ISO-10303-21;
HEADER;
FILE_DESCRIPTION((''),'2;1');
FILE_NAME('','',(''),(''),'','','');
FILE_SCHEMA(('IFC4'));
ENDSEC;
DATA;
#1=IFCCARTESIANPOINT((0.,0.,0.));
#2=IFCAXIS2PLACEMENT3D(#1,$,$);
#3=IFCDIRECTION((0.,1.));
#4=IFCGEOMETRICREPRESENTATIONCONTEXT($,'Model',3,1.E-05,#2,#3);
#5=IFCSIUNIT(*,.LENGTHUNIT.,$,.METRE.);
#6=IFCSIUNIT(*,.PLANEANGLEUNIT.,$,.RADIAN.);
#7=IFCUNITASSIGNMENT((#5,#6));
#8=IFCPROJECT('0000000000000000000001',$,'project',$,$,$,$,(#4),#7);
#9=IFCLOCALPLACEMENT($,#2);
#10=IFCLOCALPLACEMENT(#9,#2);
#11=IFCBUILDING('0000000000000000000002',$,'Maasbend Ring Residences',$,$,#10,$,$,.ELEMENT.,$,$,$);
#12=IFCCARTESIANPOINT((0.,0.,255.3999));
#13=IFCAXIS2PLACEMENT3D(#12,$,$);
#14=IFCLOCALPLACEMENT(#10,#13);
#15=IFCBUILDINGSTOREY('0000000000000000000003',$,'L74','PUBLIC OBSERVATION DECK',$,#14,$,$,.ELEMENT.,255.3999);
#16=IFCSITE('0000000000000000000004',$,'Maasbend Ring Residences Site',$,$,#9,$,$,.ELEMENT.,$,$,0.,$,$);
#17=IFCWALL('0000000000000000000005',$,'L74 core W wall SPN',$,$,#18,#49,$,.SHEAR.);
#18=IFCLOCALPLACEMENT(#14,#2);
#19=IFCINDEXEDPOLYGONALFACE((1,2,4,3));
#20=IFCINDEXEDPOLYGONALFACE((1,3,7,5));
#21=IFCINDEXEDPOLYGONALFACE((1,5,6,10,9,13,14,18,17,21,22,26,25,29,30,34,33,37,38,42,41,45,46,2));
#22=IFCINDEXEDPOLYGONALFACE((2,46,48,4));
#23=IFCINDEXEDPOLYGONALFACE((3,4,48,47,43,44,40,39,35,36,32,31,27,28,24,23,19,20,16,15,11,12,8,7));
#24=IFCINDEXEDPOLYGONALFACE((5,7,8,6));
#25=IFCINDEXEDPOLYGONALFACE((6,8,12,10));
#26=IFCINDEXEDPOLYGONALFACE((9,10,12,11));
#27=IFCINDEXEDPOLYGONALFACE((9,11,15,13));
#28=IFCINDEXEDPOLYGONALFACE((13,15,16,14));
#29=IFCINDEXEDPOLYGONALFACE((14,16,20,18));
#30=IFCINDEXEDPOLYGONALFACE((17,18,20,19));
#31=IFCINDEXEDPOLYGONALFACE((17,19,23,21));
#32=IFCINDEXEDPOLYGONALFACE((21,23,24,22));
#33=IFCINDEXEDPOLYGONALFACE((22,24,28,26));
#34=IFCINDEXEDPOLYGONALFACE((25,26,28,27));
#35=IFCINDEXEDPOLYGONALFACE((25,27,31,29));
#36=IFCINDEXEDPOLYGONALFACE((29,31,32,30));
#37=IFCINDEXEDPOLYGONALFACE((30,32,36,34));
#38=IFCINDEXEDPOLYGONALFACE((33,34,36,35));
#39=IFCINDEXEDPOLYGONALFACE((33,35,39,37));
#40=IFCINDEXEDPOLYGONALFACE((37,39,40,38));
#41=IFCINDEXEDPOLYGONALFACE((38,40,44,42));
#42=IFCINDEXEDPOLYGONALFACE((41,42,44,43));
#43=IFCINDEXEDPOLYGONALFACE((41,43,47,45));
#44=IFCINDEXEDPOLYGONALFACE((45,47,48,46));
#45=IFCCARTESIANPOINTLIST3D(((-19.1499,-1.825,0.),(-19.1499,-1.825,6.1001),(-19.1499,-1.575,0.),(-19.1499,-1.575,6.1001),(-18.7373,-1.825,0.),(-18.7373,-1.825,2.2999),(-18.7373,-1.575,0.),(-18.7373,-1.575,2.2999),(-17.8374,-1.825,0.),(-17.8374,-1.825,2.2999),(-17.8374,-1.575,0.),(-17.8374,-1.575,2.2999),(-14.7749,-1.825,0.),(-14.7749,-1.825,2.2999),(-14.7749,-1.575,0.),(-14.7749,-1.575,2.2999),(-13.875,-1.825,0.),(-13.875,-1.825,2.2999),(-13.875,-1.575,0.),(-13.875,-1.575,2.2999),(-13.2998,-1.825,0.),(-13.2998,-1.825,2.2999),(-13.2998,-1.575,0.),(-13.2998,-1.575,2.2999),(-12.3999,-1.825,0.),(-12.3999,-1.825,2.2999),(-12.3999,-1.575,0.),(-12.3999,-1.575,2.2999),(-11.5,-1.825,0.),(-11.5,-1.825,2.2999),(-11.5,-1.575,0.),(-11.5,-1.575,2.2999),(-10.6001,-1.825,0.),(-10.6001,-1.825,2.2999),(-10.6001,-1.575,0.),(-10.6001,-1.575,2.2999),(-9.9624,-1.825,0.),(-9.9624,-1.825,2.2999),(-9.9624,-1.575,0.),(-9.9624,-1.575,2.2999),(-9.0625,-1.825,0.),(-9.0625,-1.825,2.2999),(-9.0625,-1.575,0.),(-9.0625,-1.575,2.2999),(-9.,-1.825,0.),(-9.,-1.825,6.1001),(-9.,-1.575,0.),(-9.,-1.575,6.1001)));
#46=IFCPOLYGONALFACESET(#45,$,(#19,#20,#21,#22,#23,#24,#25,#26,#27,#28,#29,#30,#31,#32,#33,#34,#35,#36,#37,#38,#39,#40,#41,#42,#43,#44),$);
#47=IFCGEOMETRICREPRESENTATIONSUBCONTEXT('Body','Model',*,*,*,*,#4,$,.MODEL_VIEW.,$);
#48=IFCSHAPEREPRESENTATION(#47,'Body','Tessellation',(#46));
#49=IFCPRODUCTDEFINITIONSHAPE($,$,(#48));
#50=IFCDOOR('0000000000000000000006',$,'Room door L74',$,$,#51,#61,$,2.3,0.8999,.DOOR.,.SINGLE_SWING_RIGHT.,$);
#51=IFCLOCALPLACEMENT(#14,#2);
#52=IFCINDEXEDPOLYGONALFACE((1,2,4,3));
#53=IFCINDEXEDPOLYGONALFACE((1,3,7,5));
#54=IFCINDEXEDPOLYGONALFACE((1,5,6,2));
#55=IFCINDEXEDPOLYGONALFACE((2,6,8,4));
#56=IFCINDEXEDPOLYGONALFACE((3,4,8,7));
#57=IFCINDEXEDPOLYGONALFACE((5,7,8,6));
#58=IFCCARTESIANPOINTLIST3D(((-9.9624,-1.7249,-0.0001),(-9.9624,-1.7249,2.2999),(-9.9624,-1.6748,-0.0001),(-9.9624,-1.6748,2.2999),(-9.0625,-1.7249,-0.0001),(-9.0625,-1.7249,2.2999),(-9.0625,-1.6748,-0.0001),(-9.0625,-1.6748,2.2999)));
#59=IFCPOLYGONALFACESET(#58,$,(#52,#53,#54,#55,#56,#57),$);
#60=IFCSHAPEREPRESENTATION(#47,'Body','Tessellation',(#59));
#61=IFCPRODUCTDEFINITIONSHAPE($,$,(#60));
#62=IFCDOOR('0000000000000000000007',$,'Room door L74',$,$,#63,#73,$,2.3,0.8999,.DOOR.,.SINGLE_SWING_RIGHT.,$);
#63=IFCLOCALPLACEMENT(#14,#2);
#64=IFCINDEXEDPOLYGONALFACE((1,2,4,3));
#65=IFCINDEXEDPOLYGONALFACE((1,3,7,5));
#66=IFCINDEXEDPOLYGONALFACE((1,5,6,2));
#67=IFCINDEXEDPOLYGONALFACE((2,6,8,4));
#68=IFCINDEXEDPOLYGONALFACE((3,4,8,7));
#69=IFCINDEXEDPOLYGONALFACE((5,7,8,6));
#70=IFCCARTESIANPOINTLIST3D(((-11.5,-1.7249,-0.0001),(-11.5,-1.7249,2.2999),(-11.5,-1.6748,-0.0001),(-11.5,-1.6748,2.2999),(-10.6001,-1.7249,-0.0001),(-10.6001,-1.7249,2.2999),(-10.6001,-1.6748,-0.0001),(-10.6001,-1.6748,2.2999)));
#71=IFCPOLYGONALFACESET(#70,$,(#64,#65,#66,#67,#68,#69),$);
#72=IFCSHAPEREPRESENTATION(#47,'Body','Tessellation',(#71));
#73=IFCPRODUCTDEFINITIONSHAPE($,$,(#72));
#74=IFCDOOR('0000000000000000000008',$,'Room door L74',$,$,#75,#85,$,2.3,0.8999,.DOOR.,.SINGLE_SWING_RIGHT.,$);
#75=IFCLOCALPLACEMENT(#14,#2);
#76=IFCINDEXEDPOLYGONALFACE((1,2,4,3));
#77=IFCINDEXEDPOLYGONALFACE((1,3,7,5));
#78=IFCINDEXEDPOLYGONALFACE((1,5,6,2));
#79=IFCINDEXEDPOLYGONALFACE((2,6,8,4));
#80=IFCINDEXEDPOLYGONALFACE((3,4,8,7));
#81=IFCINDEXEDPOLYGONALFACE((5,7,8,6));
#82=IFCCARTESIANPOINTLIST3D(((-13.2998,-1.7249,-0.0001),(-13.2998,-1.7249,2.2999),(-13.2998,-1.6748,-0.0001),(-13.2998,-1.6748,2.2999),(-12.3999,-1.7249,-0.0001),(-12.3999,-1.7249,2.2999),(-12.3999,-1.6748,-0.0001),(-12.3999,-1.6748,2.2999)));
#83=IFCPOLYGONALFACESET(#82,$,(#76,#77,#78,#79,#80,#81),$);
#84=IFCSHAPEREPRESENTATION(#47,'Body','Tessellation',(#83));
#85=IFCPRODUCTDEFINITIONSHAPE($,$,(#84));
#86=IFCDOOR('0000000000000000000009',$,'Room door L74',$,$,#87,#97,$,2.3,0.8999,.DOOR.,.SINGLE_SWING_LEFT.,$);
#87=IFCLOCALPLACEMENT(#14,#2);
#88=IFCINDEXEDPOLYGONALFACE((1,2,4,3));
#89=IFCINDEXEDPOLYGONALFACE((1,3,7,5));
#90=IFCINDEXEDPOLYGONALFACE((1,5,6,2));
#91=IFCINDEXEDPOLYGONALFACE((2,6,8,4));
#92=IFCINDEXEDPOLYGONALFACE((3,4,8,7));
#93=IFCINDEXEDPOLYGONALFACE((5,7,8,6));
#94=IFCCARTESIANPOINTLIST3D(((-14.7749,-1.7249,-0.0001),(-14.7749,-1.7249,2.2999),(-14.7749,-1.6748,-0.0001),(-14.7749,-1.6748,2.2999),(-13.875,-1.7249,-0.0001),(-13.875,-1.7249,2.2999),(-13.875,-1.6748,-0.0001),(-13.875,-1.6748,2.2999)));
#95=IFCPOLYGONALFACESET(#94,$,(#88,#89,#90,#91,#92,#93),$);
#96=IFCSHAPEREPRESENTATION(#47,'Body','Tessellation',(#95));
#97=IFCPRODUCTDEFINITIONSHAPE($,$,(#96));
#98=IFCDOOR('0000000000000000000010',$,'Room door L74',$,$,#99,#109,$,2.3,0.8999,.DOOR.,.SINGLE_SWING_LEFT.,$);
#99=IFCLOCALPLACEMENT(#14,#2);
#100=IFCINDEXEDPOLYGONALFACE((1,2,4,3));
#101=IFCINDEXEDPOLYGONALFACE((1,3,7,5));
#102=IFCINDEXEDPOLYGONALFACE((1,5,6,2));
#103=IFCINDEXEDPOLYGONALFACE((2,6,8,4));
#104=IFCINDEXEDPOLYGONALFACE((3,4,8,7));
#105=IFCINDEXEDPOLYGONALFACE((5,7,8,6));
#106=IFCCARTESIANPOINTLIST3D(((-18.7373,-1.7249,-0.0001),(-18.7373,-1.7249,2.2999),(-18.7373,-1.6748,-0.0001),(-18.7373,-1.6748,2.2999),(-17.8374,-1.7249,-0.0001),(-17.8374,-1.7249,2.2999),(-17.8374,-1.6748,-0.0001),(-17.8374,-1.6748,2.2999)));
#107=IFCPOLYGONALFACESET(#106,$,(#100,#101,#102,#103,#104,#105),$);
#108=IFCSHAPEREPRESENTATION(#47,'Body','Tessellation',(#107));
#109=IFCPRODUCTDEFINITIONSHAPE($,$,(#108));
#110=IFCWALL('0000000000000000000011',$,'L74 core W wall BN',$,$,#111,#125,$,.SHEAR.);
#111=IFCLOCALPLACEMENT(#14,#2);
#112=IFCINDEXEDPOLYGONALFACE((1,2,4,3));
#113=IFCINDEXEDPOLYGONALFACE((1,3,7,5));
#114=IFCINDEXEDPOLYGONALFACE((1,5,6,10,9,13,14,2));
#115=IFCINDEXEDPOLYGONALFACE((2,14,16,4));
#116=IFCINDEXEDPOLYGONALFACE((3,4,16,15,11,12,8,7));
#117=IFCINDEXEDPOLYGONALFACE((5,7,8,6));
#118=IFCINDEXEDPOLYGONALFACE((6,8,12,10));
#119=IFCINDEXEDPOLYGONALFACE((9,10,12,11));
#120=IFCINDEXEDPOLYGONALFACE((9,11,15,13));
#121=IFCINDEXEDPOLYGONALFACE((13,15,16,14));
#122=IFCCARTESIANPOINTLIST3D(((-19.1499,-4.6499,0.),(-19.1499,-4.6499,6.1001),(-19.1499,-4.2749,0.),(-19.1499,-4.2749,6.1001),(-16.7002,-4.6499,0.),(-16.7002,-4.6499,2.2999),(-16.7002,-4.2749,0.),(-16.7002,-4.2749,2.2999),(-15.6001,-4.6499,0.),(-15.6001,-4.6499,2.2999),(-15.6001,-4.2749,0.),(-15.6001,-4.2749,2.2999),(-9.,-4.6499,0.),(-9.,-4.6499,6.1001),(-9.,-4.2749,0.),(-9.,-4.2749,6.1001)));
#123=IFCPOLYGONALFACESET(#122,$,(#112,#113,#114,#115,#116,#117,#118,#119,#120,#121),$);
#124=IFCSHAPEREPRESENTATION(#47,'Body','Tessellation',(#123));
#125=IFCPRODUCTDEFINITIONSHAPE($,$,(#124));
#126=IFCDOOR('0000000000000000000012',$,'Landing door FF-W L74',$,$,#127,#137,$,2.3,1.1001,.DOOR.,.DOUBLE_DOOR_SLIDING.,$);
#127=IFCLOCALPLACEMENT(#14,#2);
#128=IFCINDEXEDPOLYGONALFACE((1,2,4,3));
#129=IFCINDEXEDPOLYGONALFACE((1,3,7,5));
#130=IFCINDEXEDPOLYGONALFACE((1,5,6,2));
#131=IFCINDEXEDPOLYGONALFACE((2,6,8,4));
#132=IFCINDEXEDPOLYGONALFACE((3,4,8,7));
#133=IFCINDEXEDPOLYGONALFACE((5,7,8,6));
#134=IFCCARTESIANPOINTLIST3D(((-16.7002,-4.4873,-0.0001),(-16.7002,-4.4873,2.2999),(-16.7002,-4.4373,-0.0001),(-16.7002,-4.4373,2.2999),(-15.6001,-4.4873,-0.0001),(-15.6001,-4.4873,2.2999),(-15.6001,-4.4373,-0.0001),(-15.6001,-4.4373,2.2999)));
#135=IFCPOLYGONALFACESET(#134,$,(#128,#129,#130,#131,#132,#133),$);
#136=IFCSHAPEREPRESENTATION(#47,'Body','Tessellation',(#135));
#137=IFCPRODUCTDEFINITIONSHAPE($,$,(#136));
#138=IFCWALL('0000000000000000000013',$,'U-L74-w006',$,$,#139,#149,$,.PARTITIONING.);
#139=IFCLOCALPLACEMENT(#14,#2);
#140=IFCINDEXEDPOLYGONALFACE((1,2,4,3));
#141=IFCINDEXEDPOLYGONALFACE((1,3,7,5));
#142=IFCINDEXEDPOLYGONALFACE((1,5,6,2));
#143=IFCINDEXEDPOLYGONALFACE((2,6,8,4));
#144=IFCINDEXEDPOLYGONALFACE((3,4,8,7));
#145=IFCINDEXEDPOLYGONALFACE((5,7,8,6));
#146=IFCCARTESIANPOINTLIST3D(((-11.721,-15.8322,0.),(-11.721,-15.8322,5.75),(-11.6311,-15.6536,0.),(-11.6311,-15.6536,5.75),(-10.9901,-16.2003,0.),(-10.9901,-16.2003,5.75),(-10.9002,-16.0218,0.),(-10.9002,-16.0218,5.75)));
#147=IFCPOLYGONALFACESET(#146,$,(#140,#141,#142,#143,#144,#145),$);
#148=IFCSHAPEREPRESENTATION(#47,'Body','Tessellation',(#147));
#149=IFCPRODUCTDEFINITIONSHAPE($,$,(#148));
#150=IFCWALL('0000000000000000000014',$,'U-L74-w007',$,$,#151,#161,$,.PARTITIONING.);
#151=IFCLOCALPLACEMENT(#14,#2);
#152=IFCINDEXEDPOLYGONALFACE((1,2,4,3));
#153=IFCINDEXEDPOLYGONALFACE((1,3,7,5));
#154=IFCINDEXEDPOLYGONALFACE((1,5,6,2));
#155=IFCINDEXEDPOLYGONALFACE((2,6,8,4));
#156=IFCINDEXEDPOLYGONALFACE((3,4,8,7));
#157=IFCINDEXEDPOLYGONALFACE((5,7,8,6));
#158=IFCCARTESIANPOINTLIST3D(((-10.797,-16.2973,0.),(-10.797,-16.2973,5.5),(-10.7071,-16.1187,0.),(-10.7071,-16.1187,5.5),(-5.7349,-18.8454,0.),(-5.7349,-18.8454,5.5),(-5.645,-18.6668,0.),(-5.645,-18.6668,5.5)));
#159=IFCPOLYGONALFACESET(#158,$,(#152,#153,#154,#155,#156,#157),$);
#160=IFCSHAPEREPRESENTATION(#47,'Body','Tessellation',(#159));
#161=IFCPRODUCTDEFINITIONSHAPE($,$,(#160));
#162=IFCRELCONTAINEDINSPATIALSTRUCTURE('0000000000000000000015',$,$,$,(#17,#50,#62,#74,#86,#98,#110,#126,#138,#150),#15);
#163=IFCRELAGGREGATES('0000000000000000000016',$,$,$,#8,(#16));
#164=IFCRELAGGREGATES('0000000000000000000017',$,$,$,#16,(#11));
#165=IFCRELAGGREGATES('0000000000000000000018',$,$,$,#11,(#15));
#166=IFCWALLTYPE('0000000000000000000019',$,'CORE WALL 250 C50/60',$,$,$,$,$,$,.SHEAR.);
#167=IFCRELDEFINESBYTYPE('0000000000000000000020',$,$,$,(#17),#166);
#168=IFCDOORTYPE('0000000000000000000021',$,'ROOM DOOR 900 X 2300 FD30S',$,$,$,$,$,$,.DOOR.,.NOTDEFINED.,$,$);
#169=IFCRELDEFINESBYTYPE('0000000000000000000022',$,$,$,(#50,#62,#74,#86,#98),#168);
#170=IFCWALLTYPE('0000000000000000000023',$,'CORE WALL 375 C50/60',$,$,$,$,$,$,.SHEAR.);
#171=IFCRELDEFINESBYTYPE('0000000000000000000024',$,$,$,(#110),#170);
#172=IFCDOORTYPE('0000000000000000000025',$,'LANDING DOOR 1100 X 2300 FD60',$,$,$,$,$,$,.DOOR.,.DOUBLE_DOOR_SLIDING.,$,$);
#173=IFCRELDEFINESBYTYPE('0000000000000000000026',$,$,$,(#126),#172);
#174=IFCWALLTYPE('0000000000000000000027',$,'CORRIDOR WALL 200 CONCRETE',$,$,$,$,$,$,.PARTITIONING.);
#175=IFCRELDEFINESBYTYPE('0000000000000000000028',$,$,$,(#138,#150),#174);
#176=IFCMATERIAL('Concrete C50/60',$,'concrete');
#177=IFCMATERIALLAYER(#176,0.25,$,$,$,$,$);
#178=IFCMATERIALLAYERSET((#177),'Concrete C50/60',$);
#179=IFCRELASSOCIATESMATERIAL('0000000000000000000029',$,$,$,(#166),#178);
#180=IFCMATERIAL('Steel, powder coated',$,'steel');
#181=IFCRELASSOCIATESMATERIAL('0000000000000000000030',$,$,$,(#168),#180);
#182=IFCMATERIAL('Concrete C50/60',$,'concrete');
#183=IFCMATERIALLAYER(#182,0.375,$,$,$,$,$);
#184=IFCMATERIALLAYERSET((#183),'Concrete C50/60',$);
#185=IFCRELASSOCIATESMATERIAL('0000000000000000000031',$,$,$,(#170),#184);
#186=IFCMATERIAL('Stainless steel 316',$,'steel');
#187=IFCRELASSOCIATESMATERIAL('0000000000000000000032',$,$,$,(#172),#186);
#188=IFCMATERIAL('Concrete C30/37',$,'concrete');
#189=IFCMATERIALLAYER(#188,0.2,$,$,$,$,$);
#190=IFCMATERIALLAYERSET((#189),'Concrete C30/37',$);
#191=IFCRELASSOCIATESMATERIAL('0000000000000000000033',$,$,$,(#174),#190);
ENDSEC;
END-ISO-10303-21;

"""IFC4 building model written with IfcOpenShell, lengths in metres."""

from ifc_helpers import new_model, si_unit, direction, frame, frame_2d, origin, place, context, subcontext, project, spatial, rectangle, extrude, material, layer, layer_set, type_object, element, fill, save


model = new_model("IFC4")

# Units and contexts
model_context = context("Model", 3, precision=1e-05, world=origin(), true_north=direction((0.0, 1.0)))
body_context = subcontext(model_context, "Body", "Model", "MODEL_VIEW")
ifc_project = project(units=[si_unit("LENGTHUNIT", "METRE"), si_unit("PLANEANGLEUNIT", "RADIAN")], contexts=[model_context])

# Site, building, storey
site_placement = place(None, origin())
site = spatial("IfcSite", under=ifc_project, at=site_placement, Name="Maasbend Ring Residences Site", CompositionType="ELEMENT", RefElevation=0.0)
building_placement = place(site_placement, origin())
building = spatial("IfcBuilding", under=site, at=building_placement, Name="Maasbend Ring Residences", CompositionType="ELEMENT")
storey_placement = place(building_placement, frame((0.0, 0.0, 255.3999)))
storey = spatial("IfcBuildingStorey", under=building, at=storey_placement, Name="L74", Description="PUBLIC OBSERVATION DECK", CompositionType="ELEMENT", Elevation=255.3999)

# Wall, openings, doors
ifc_material_1 = material(Name="Concrete C50/60", Category="concrete")
ifc_layer_1 = layer(ifc_material_1, 0.25)
ifc_layer_set_1 = layer_set([ifc_layer_1], Name="Concrete C50/60")
wall_type_1 = type_object("IfcWallType", Name="CORE WALL 250 C50/60", PredefinedType="SHEAR", material=ifc_layer_set_1)
wall_1_placement = place(storey_placement, frame((-9.0, -1.7, 0.0), z_axis=(0.0, 0.0, 1.0), x_axis=(-1.0, 0.0, 0.0)))
wall_1 = element("IfcWall", 1, at=wall_1_placement, inside=storey, type_object=wall_type_1, Name="L74 core W wall SPN", PredefinedType="SHEAR", context=body_context, shape_type="SweptSolid", body=[
    extrude(rectangle(XDim=10.1499, YDim=0.25, at=frame_2d((5.075, 0.0))), origin(), (0.0, 0.0, 1.0), 6.1001),
])
opening_1_placement = place(wall_1_placement, frame((0.0625, 0.0, 0.0)))
opening_1 = element("IfcOpeningElement", 2, at=opening_1_placement, cuts=wall_1, PredefinedType="OPENING", context=body_context, shape_type="SweptSolid", body=[
    extrude(rectangle(XDim=0.8999, YDim=2.3, at=frame_2d((0.45, 1.1499))), frame((0.0, 0.135, 0.0), z_axis=(0.0, -1.0, 0.0), x_axis=(1.0, 0.0, 0.0)), (0.0, 0.0, 1.0), 0.27),
])
opening_2_placement = place(wall_1_placement, frame((1.6001, 0.0, 0.0)))
opening_2 = element("IfcOpeningElement", 3, at=opening_2_placement, cuts=wall_1, PredefinedType="OPENING", context=body_context, shape_type="SweptSolid", body=[
    extrude(rectangle(XDim=0.8999, YDim=2.3, at=frame_2d((0.45, 1.1499))), frame((0.0, 0.135, 0.0), z_axis=(0.0, -1.0, 0.0), x_axis=(1.0, 0.0, 0.0)), (0.0, 0.0, 1.0), 0.27),
])
opening_3_placement = place(wall_1_placement, frame((3.3999, 0.0, 0.0)))
opening_3 = element("IfcOpeningElement", 4, at=opening_3_placement, cuts=wall_1, PredefinedType="OPENING", context=body_context, shape_type="SweptSolid", body=[
    extrude(rectangle(XDim=0.8999, YDim=2.3, at=frame_2d((0.45, 1.1499))), frame((0.0, 0.135, 0.0), z_axis=(0.0, -1.0, 0.0), x_axis=(1.0, 0.0, 0.0)), (0.0, 0.0, 1.0), 0.27),
])
opening_4_placement = place(wall_1_placement, frame((4.875, 0.0, 0.0)))
opening_4 = element("IfcOpeningElement", 5, at=opening_4_placement, cuts=wall_1, PredefinedType="OPENING", context=body_context, shape_type="SweptSolid", body=[
    extrude(rectangle(XDim=0.8999, YDim=2.3, at=frame_2d((0.45, 1.1499))), frame((0.0, 0.135, 0.0), z_axis=(0.0, -1.0, 0.0), x_axis=(1.0, 0.0, 0.0)), (0.0, 0.0, 1.0), 0.27),
])
opening_5_placement = place(wall_1_placement, frame((8.8374, 0.0, 0.0)))
opening_5 = element("IfcOpeningElement", 6, at=opening_5_placement, cuts=wall_1, PredefinedType="OPENING", context=body_context, shape_type="SweptSolid", body=[
    extrude(rectangle(XDim=0.8999, YDim=2.3, at=frame_2d((0.45, 1.1499))), frame((0.0, 0.135, 0.0), z_axis=(0.0, -1.0, 0.0), x_axis=(1.0, 0.0, 0.0)), (0.0, 0.0, 1.0), 0.27),
])
ifc_material_2 = material(Name="Steel, powder coated", Category="steel")
door_type_1 = type_object("IfcDoorType", Name="ROOM DOOR 900 X 2300 FD30S", OperationType="NOTDEFINED", PredefinedType="DOOR", material=ifc_material_2)
door_1_placement = place(opening_1_placement, origin())
door_1 = element("IfcDoor", 7, at=door_1_placement, inside=storey, type_object=door_type_1, Name="Room door L74", OperationType="SINGLE_SWING_RIGHT", OverallHeight=2.3, OverallWidth=0.8999, PredefinedType="DOOR", context=body_context, shape_type="SweptSolid", body=[
    extrude(rectangle(XDim=0.8999, YDim=2.3, at=frame_2d((0.45, 1.1499))), frame((0.0, 0.0249, 0.0), z_axis=(0.0, -1.0, 0.0), x_axis=(1.0, 0.0, 0.0)), (0.0, 0.0, 1.0), 0.05),
])
fill(opening_1, door_1)
door_2_placement = place(opening_2_placement, origin())
door_2 = element("IfcDoor", 8, at=door_2_placement, inside=storey, type_object=door_type_1, Name="Room door L74", OperationType="SINGLE_SWING_RIGHT", OverallHeight=2.3, OverallWidth=0.8999, PredefinedType="DOOR", context=body_context, shape_type="SweptSolid", body=[
    extrude(rectangle(XDim=0.8999, YDim=2.3, at=frame_2d((0.45, 1.1499))), frame((0.0, 0.0249, 0.0), z_axis=(0.0, -1.0, 0.0), x_axis=(1.0, 0.0, 0.0)), (0.0, 0.0, 1.0), 0.05),
])
fill(opening_2, door_2)
door_3_placement = place(opening_3_placement, origin())
door_3 = element("IfcDoor", 9, at=door_3_placement, inside=storey, type_object=door_type_1, Name="Room door L74", OperationType="SINGLE_SWING_RIGHT", OverallHeight=2.3, OverallWidth=0.8999, PredefinedType="DOOR", context=body_context, shape_type="SweptSolid", body=[
    extrude(rectangle(XDim=0.8999, YDim=2.3, at=frame_2d((0.45, 1.1499))), frame((0.0, 0.0249, 0.0), z_axis=(0.0, -1.0, 0.0), x_axis=(1.0, 0.0, 0.0)), (0.0, 0.0, 1.0), 0.05),
])
fill(opening_3, door_3)
door_4_placement = place(opening_4_placement, origin())
door_4 = element("IfcDoor", 10, at=door_4_placement, inside=storey, type_object=door_type_1, Name="Room door L74", OperationType="SINGLE_SWING_LEFT", OverallHeight=2.3, OverallWidth=0.8999, PredefinedType="DOOR", context=body_context, shape_type="SweptSolid", body=[
    extrude(rectangle(XDim=0.8999, YDim=2.3, at=frame_2d((0.45, 1.1499))), frame((0.0, 0.0249, 0.0), z_axis=(0.0, -1.0, 0.0), x_axis=(1.0, 0.0, 0.0)), (0.0, 0.0, 1.0), 0.05),
])
fill(opening_4, door_4)
door_5_placement = place(opening_5_placement, origin())
door_5 = element("IfcDoor", 11, at=door_5_placement, inside=storey, type_object=door_type_1, Name="Room door L74", OperationType="SINGLE_SWING_LEFT", OverallHeight=2.3, OverallWidth=0.8999, PredefinedType="DOOR", context=body_context, shape_type="SweptSolid", body=[
    extrude(rectangle(XDim=0.8999, YDim=2.3, at=frame_2d((0.45, 1.1499))), frame((0.0, 0.0249, 0.0), z_axis=(0.0, -1.0, 0.0), x_axis=(1.0, 0.0, 0.0)), (0.0, 0.0, 1.0), 0.05),
])
fill(opening_5, door_5)

# Wall, opening, door
ifc_material_3 = material(Name="Concrete C50/60", Category="concrete")
ifc_layer_2 = layer(ifc_material_3, 0.375)
ifc_layer_set_2 = layer_set([ifc_layer_2], Name="Concrete C50/60")
wall_type_2 = type_object("IfcWallType", Name="CORE WALL 375 C50/60", PredefinedType="SHEAR", material=ifc_layer_set_2)
wall_2_placement = place(storey_placement, frame((-9.0, -4.4624, 0.0), z_axis=(0.0, 0.0, 1.0), x_axis=(-1.0, 0.0, 0.0)))
wall_2 = element("IfcWall", 12, at=wall_2_placement, inside=storey, type_object=wall_type_2, Name="L74 core W wall BN", PredefinedType="SHEAR", context=body_context, shape_type="SweptSolid", body=[
    extrude(rectangle(XDim=10.1499, YDim=0.375, at=frame_2d((5.075, 0.0))), origin(), (0.0, 0.0, 1.0), 6.1001),
])
opening_6_placement = place(wall_2_placement, frame((6.6001, 0.0, 0.0)))
opening_6 = element("IfcOpeningElement", 13, at=opening_6_placement, cuts=wall_2, PredefinedType="OPENING", context=body_context, shape_type="SweptSolid", body=[
    extrude(rectangle(XDim=1.1001, YDim=2.3, at=frame_2d((0.55, 1.1499))), frame((0.0, 0.1975, 0.0), z_axis=(0.0, -1.0, 0.0), x_axis=(1.0, 0.0, 0.0)), (0.0, 0.0, 1.0), 0.395),
])
ifc_material_4 = material(Name="Stainless steel 316", Category="steel")
door_type_2 = type_object("IfcDoorType", Name="LANDING DOOR 1100 X 2300 FD60", OperationType="DOUBLE_DOOR_SLIDING", PredefinedType="DOOR", material=ifc_material_4)
door_6_placement = place(opening_6_placement, origin())
door_6 = element("IfcDoor", 14, at=door_6_placement, inside=storey, type_object=door_type_2, Name="Landing door FF-W L74", OperationType="DOUBLE_DOOR_SLIDING", OverallHeight=2.3, OverallWidth=1.1001, PredefinedType="DOOR", context=body_context, shape_type="SweptSolid", body=[
    extrude(rectangle(XDim=1.1001, YDim=2.3, at=frame_2d((0.55, 1.1499))), frame((0.0, 0.0249, 0.0), z_axis=(0.0, -1.0, 0.0), x_axis=(1.0, 0.0, 0.0)), (0.0, 0.0, 1.0), 0.05),
])
fill(opening_6, door_6)

# Walls
ifc_material_5 = material(Name="Concrete C30/37", Category="concrete")
ifc_layer_3 = layer(ifc_material_5, 0.2)
ifc_layer_set_3 = layer_set([ifc_layer_3], Name="Concrete C30/37")
wall_type_3 = type_object("IfcWallType", Name="CORRIDOR WALL 200 CONCRETE", PredefinedType="PARTITIONING", material=ifc_layer_set_3)
wall_3_placement = place(storey_placement, frame((-11.676, -15.7429, 0.0), z_axis=(0.0, 0.0, 1.0), x_axis=(0.893111, -0.449837, 0.0)))
element("IfcWall", 15, at=wall_3_placement, inside=storey, type_object=wall_type_3, Name="U-L74-w006", PredefinedType="PARTITIONING", context=body_context, shape_type="SweptSolid", body=[
    extrude(rectangle(XDim=0.8184, YDim=0.2, at=frame_2d((0.4092, 0.0))), origin(), (0.0, 0.0, 1.0), 5.75),
])
wall_4_placement = place(storey_placement, frame((-10.752, -16.208, 0.0), z_axis=(0.0, 0.0, 1.0), x_axis=(0.893218, -0.449624, 0.0)))
element("IfcWall", 16, at=wall_4_placement, inside=storey, type_object=wall_type_3, Name="U-L74-w007", PredefinedType="PARTITIONING", context=body_context, shape_type="SweptSolid", body=[
    extrude(rectangle(XDim=5.6672, YDim=0.2, at=frame_2d((2.8335, 0.0))), origin(), (0.0, 0.0, 1.0), 5.5),
])

save(model, "model.ifc")
